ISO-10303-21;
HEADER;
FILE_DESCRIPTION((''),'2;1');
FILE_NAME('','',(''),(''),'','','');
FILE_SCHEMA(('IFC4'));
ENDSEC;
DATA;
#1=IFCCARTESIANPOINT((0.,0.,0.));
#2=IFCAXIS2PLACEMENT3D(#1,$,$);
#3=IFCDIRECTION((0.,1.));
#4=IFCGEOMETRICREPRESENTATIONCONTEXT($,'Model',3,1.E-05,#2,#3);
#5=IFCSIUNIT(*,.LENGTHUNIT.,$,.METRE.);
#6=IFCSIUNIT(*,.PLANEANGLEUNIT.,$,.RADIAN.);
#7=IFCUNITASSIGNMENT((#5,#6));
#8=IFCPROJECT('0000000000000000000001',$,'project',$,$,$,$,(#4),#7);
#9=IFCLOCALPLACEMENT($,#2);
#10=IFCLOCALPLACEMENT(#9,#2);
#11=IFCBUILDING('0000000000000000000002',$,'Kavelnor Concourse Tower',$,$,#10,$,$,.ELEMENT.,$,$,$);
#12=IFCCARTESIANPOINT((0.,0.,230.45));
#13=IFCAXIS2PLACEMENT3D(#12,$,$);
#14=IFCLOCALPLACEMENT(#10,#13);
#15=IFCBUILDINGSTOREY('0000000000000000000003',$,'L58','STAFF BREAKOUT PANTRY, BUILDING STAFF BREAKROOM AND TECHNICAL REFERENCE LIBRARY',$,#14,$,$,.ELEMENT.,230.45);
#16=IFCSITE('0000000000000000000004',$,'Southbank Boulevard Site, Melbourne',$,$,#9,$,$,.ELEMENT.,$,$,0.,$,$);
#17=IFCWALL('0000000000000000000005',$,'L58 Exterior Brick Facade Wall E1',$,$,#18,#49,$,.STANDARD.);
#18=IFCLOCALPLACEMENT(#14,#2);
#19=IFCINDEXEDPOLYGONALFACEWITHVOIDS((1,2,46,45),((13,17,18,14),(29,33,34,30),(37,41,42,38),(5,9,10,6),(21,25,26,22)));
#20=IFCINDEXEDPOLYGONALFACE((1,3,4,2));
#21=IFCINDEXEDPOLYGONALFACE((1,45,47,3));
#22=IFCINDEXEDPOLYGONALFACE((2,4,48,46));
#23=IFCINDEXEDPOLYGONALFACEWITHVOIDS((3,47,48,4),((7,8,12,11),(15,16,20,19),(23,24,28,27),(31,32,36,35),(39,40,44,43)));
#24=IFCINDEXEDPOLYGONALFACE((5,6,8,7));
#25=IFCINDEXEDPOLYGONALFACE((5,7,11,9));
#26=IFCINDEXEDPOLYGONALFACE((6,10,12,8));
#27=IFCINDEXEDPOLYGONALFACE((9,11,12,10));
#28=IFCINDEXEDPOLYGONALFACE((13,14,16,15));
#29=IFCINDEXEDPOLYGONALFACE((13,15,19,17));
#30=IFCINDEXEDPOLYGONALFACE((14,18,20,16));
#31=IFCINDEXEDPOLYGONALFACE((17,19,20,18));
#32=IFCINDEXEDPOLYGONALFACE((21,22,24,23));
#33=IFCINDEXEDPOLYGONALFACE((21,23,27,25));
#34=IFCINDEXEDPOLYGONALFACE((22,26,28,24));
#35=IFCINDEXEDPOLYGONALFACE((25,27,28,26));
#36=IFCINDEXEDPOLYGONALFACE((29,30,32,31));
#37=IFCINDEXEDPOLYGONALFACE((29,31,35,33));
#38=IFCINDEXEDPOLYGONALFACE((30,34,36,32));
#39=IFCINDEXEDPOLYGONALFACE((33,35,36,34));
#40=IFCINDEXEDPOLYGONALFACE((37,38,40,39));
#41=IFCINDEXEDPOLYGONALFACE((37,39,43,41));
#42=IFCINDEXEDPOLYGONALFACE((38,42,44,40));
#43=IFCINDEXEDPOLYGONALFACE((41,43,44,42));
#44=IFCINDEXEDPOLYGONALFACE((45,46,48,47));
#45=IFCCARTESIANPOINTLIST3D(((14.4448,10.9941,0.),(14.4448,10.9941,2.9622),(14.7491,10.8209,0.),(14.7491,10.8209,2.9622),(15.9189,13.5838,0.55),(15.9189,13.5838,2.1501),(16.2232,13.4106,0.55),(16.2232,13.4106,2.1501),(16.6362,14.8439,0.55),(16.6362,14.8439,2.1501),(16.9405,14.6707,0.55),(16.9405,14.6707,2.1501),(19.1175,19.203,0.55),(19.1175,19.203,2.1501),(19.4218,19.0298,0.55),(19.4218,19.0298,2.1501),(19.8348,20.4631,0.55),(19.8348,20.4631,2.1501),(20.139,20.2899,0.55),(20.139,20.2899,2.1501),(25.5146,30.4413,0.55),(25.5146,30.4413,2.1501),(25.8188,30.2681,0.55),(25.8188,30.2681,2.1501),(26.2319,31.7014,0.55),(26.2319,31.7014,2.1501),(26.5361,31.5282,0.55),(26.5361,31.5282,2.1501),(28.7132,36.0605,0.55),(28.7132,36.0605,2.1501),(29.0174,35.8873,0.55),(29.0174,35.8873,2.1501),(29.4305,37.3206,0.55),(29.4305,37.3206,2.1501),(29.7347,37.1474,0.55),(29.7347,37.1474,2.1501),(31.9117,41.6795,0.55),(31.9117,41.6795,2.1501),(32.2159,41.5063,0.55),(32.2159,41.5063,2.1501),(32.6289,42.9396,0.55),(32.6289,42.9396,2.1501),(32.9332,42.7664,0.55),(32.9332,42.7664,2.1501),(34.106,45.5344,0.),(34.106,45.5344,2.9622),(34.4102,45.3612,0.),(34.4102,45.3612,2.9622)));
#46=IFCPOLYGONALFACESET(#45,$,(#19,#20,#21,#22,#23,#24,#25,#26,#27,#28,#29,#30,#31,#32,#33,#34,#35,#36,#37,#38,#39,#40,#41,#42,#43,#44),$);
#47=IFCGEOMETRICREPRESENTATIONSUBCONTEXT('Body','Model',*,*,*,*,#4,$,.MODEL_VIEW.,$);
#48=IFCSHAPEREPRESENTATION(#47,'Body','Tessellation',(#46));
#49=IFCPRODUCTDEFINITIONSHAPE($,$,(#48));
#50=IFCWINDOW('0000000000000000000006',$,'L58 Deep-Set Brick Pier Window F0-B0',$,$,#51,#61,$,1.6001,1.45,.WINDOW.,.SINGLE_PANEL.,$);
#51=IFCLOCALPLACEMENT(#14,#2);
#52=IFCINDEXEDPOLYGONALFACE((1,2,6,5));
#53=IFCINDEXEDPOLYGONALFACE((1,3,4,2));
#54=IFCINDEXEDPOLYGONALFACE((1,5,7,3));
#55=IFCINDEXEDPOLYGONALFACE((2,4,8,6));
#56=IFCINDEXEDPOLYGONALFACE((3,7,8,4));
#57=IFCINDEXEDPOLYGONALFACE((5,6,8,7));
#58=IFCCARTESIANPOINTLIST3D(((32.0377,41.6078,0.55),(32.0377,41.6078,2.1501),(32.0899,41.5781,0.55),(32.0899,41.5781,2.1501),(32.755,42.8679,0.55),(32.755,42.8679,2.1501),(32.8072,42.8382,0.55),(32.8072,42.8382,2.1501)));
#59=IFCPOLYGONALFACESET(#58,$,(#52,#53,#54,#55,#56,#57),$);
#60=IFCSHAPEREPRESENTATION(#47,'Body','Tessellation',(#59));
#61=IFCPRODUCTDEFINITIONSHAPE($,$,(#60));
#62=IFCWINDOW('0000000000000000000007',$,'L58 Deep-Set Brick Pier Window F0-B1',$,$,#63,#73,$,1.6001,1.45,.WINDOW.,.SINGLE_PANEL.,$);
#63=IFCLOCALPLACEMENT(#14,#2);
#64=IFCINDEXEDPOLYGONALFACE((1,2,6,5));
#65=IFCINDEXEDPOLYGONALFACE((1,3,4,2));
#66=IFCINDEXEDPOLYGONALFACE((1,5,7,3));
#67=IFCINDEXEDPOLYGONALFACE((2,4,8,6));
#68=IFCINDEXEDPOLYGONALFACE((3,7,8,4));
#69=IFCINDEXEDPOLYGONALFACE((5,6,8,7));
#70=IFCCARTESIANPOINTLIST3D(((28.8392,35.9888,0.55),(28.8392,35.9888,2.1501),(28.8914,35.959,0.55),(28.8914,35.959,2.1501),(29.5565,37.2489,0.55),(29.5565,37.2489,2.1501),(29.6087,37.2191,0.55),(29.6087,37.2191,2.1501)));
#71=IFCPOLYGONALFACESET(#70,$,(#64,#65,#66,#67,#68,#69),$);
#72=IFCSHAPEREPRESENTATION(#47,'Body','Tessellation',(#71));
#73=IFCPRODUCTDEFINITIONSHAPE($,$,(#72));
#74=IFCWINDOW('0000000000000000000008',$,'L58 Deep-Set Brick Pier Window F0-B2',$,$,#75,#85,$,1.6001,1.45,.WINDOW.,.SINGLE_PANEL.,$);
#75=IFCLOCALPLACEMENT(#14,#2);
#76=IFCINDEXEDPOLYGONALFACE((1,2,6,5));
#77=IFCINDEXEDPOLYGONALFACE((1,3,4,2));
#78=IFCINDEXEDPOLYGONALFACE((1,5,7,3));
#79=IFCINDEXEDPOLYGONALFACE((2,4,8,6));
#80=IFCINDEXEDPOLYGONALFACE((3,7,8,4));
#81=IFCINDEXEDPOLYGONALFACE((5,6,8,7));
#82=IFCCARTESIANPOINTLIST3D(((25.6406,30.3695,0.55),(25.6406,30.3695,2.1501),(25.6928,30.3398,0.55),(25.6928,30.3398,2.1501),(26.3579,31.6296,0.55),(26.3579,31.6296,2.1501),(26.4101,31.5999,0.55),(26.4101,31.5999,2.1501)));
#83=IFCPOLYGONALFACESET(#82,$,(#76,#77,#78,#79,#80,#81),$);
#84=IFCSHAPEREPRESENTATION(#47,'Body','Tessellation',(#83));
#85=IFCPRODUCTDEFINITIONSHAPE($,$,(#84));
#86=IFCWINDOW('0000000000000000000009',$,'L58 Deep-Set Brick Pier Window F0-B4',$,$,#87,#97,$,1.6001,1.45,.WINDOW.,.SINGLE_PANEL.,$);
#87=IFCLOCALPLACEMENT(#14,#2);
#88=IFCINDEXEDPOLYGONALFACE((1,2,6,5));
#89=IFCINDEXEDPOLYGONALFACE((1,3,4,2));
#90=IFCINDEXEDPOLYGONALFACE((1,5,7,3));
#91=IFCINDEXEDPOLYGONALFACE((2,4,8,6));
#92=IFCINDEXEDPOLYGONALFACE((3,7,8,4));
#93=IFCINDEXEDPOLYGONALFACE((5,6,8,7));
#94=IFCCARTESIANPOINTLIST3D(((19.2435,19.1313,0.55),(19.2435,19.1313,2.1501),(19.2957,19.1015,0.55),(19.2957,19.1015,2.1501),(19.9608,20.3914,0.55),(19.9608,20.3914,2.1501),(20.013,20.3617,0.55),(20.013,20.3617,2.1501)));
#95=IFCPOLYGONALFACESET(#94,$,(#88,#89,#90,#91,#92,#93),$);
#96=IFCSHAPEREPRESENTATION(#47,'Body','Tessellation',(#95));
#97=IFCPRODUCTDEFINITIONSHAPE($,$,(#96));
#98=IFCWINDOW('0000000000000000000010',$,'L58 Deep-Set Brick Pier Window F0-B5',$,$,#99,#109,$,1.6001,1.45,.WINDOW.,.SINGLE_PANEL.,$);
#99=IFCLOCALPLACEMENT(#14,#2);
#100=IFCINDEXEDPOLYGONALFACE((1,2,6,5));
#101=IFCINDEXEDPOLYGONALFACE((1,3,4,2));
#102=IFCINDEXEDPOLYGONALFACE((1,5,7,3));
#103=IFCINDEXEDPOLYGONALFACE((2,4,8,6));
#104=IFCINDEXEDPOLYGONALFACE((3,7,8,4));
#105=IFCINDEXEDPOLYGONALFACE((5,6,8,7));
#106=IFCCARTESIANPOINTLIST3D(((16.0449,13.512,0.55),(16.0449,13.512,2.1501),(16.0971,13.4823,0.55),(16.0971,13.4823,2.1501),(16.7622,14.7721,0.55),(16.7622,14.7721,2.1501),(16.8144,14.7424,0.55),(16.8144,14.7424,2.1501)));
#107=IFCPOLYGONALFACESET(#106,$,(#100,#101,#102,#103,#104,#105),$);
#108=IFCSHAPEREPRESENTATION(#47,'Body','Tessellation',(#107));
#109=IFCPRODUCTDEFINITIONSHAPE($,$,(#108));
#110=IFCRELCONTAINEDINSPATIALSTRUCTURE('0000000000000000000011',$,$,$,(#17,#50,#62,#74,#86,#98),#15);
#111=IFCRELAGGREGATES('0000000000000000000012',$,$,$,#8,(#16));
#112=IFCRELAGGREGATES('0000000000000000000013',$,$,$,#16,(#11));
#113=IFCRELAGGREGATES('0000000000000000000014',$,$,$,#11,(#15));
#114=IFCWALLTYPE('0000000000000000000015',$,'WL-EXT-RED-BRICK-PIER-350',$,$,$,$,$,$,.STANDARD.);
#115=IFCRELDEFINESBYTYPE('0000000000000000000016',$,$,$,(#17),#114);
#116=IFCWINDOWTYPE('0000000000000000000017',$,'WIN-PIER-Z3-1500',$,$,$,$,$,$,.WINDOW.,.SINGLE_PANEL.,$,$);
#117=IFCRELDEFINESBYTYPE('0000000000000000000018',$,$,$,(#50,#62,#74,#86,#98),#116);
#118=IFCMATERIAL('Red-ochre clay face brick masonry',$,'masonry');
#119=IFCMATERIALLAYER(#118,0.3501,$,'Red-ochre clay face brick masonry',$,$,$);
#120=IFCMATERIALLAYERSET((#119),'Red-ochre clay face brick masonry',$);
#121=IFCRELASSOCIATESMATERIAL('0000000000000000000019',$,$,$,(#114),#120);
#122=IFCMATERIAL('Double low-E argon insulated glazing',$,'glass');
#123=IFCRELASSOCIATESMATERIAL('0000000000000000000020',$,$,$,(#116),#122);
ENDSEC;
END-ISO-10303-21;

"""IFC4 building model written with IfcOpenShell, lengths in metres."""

from ifc_helpers import new_model, si_unit, direction, frame, frame_2d, origin, place, context, subcontext, project, spatial, rectangle, extrude, material, layer, layer_set, type_object, element, fill, save


model = new_model("IFC4")

# Units and contexts
model_context = context("Model", 3, precision=1e-05, world=origin(), true_north=direction((0.0, 1.0)))
body_context = subcontext(model_context, "Body", "Model", "MODEL_VIEW")
ifc_project = project(units=[si_unit("LENGTHUNIT", "METRE"), si_unit("PLANEANGLEUNIT", "RADIAN")], contexts=[model_context])

# Site, building, storey
site_placement = place(None, origin())
site = spatial("IfcSite", under=ifc_project, at=site_placement, Name="Southbank Boulevard Site, Melbourne", CompositionType="ELEMENT", RefElevation=0.0)
building_placement = place(site_placement, origin())
building = spatial("IfcBuilding", under=site, at=building_placement, Name="Kavelnor Concourse Tower", CompositionType="ELEMENT")
storey_placement = place(building_placement, frame((0.0, 0.0, 230.45)))
storey = spatial("IfcBuildingStorey", under=building, at=storey_placement, Name="L58", Description="STAFF BREAKOUT PANTRY, BUILDING STAFF BREAKROOM AND TECHNICAL REFERENCE LIBRARY", CompositionType="ELEMENT", Elevation=230.45)

# Shared definitions
ifc_material_1 = material(Name="Double low-E argon insulated glazing", Category="glass")

# Wall, openings, windows
ifc_material_2 = material(Name="Red-ochre clay face brick masonry", Category="masonry")
ifc_layer_1 = layer(ifc_material_2, 0.3501, Name="Red-ochre clay face brick masonry")
ifc_layer_set_1 = layer_set([ifc_layer_1], Name="Red-ochre clay face brick masonry")
wall_type_1 = type_object("IfcWallType", Name="WL-EXT-RED-BRICK-PIER-350", PredefinedType="STANDARD", material=ifc_layer_set_1)
wall_1_placement = place(storey_placement, frame((14.5969, 10.9075, 0.0), z_axis=(0.0, 0.0, 1.0), x_axis=(0.494693, 0.869068, 0.0)))
wall_1 = element("IfcWall", 1, at=wall_1_placement, inside=storey, type_object=wall_type_1, Name="L58 Exterior Brick Facade Wall E1", PredefinedType="STANDARD", context=body_context, shape_type="SweptSolid", body=[
    extrude(rectangle(XDim=39.7441, YDim=0.3501, at=frame_2d((19.8721, 0.0))), origin(), (0.0, 0.0, 1.0), 2.9622),
])
opening_1_placement = place(wall_1_placement, frame((35.3083, 0.0, 0.55)))
opening_1 = element("IfcOpeningElement", 2, at=opening_1_placement, cuts=wall_1, PredefinedType="OPENING", context=body_context, shape_type="SweptSolid", body=[
    extrude(rectangle(XDim=1.45, YDim=1.6001, at=frame_2d((0.7251, 0.8))), frame((0.0, 0.1851, 0.0), z_axis=(0.0, -1.0, 0.0), x_axis=(1.0, 0.0, 0.0)), (0.0, 0.0, 1.0), 0.3701),
])
opening_2_placement = place(wall_1_placement, frame((28.8428, 0.0, 0.55)))
opening_2 = element("IfcOpeningElement", 3, at=opening_2_placement, cuts=wall_1, PredefinedType="OPENING", context=body_context, shape_type="SweptSolid", body=[
    extrude(rectangle(XDim=1.45, YDim=1.6001, at=frame_2d((0.7251, 0.8))), frame((0.0, 0.1851, 0.0), z_axis=(0.0, -1.0, 0.0), x_axis=(1.0, 0.0, 0.0)), (0.0, 0.0, 1.0), 0.3701),
])
opening_3_placement = place(wall_1_placement, frame((22.377, 0.0, 0.55)))
opening_3 = element("IfcOpeningElement", 4, at=opening_3_placement, cuts=wall_1, PredefinedType="OPENING", context=body_context, shape_type="SweptSolid", body=[
    extrude(rectangle(XDim=1.45, YDim=1.6001, at=frame_2d((0.7251, 0.8))), frame((0.0, 0.1851, 0.0), z_axis=(0.0, -1.0, 0.0), x_axis=(1.0, 0.0, 0.0)), (0.0, 0.0, 1.0), 0.3701),
])
opening_4_placement = place(wall_1_placement, frame((9.4456, 0.0, 0.55)))
opening_4 = element("IfcOpeningElement", 5, at=opening_4_placement, cuts=wall_1, PredefinedType="OPENING", context=body_context, shape_type="SweptSolid", body=[
    extrude(rectangle(XDim=1.45, YDim=1.6001, at=frame_2d((0.7251, 0.8))), frame((0.0, 0.1851, 0.0), z_axis=(0.0, -1.0, 0.0), x_axis=(1.0, 0.0, 0.0)), (0.0, 0.0, 1.0), 0.3701),
])
opening_5_placement = place(wall_1_placement, frame((2.9797, 0.0, 0.55)))
opening_5 = element("IfcOpeningElement", 6, at=opening_5_placement, cuts=wall_1, PredefinedType="OPENING", context=body_context, shape_type="SweptSolid", body=[
    extrude(rectangle(XDim=1.45, YDim=1.6001, at=frame_2d((0.7251, 0.8))), frame((0.0, 0.1851, 0.0), z_axis=(0.0, -1.0, 0.0), x_axis=(1.0, 0.0, 0.0)), (0.0, 0.0, 1.0), 0.3701),
])
window_type_1 = type_object("IfcWindowType", Name="WIN-PIER-Z3-1500", PartitioningType="SINGLE_PANEL", PredefinedType="WINDOW", material=ifc_material_1)
window_1_placement = place(opening_1_placement, origin())
window_1 = element("IfcWindow", 7, at=window_1_placement, inside=storey, type_object=window_type_1, Name="L58 Deep-Set Brick Pier Window F0-B0", OverallHeight=1.6001, OverallWidth=1.45, PartitioningType="SINGLE_PANEL", PredefinedType="WINDOW", context=body_context, shape_type="SweptSolid", body=[
    extrude(rectangle(XDim=1.45, YDim=1.6001, at=frame_2d((0.7251, 0.8))), frame((0.0, 0.03, 0.0), z_axis=(0.0, -1.0, 0.0), x_axis=(1.0, 0.0, 0.0)), (0.0, 0.0, 1.0), 0.0601),
])
fill(opening_1, window_1)
window_2_placement = place(opening_2_placement, origin())
window_2 = element("IfcWindow", 8, at=window_2_placement, inside=storey, type_object=window_type_1, Name="L58 Deep-Set Brick Pier Window F0-B1", OverallHeight=1.6001, OverallWidth=1.45, PartitioningType="SINGLE_PANEL", PredefinedType="WINDOW", context=body_context, shape_type="SweptSolid", body=[
    extrude(rectangle(XDim=1.45, YDim=1.6001, at=frame_2d((0.7251, 0.8))), frame((0.0, 0.03, 0.0), z_axis=(0.0, -1.0, 0.0), x_axis=(1.0, 0.0, 0.0)), (0.0, 0.0, 1.0), 0.0601),
])
fill(opening_2, window_2)
window_3_placement = place(opening_3_placement, origin())
window_3 = element("IfcWindow", 9, at=window_3_placement, inside=storey, type_object=window_type_1, Name="L58 Deep-Set Brick Pier Window F0-B2", OverallHeight=1.6001, OverallWidth=1.45, PartitioningType="SINGLE_PANEL", PredefinedType="WINDOW", context=body_context, shape_type="SweptSolid", body=[
    extrude(rectangle(XDim=1.45, YDim=1.6001, at=frame_2d((0.7251, 0.8))), frame((0.0, 0.03, 0.0), z_axis=(0.0, -1.0, 0.0), x_axis=(1.0, 0.0, 0.0)), (0.0, 0.0, 1.0), 0.0601),
])
fill(opening_3, window_3)
window_4_placement = place(opening_4_placement, origin())
window_4 = element("IfcWindow", 10, at=window_4_placement, inside=storey, type_object=window_type_1, Name="L58 Deep-Set Brick Pier Window F0-B4", OverallHeight=1.6001, OverallWidth=1.45, PartitioningType="SINGLE_PANEL", PredefinedType="WINDOW", context=body_context, shape_type="SweptSolid", body=[
    extrude(rectangle(XDim=1.45, YDim=1.6001, at=frame_2d((0.7251, 0.8))), frame((0.0, 0.03, 0.0), z_axis=(0.0, -1.0, 0.0), x_axis=(1.0, 0.0, 0.0)), (0.0, 0.0, 1.0), 0.0601),
])
fill(opening_4, window_4)
window_5_placement = place(opening_5_placement, origin())
window_5 = element("IfcWindow", 11, at=window_5_placement, inside=storey, type_object=window_type_1, Name="L58 Deep-Set Brick Pier Window F0-B5", OverallHeight=1.6001, OverallWidth=1.45, PartitioningType="SINGLE_PANEL", PredefinedType="WINDOW", context=body_context, shape_type="SweptSolid", body=[
    extrude(rectangle(XDim=1.45, YDim=1.6001, at=frame_2d((0.7251, 0.8))), frame((0.0, 0.03, 0.0), z_axis=(0.0, -1.0, 0.0), x_axis=(1.0, 0.0, 0.0)), (0.0, 0.0, 1.0), 0.0601),
])
fill(opening_5, window_5)

save(model, "model.ifc")
